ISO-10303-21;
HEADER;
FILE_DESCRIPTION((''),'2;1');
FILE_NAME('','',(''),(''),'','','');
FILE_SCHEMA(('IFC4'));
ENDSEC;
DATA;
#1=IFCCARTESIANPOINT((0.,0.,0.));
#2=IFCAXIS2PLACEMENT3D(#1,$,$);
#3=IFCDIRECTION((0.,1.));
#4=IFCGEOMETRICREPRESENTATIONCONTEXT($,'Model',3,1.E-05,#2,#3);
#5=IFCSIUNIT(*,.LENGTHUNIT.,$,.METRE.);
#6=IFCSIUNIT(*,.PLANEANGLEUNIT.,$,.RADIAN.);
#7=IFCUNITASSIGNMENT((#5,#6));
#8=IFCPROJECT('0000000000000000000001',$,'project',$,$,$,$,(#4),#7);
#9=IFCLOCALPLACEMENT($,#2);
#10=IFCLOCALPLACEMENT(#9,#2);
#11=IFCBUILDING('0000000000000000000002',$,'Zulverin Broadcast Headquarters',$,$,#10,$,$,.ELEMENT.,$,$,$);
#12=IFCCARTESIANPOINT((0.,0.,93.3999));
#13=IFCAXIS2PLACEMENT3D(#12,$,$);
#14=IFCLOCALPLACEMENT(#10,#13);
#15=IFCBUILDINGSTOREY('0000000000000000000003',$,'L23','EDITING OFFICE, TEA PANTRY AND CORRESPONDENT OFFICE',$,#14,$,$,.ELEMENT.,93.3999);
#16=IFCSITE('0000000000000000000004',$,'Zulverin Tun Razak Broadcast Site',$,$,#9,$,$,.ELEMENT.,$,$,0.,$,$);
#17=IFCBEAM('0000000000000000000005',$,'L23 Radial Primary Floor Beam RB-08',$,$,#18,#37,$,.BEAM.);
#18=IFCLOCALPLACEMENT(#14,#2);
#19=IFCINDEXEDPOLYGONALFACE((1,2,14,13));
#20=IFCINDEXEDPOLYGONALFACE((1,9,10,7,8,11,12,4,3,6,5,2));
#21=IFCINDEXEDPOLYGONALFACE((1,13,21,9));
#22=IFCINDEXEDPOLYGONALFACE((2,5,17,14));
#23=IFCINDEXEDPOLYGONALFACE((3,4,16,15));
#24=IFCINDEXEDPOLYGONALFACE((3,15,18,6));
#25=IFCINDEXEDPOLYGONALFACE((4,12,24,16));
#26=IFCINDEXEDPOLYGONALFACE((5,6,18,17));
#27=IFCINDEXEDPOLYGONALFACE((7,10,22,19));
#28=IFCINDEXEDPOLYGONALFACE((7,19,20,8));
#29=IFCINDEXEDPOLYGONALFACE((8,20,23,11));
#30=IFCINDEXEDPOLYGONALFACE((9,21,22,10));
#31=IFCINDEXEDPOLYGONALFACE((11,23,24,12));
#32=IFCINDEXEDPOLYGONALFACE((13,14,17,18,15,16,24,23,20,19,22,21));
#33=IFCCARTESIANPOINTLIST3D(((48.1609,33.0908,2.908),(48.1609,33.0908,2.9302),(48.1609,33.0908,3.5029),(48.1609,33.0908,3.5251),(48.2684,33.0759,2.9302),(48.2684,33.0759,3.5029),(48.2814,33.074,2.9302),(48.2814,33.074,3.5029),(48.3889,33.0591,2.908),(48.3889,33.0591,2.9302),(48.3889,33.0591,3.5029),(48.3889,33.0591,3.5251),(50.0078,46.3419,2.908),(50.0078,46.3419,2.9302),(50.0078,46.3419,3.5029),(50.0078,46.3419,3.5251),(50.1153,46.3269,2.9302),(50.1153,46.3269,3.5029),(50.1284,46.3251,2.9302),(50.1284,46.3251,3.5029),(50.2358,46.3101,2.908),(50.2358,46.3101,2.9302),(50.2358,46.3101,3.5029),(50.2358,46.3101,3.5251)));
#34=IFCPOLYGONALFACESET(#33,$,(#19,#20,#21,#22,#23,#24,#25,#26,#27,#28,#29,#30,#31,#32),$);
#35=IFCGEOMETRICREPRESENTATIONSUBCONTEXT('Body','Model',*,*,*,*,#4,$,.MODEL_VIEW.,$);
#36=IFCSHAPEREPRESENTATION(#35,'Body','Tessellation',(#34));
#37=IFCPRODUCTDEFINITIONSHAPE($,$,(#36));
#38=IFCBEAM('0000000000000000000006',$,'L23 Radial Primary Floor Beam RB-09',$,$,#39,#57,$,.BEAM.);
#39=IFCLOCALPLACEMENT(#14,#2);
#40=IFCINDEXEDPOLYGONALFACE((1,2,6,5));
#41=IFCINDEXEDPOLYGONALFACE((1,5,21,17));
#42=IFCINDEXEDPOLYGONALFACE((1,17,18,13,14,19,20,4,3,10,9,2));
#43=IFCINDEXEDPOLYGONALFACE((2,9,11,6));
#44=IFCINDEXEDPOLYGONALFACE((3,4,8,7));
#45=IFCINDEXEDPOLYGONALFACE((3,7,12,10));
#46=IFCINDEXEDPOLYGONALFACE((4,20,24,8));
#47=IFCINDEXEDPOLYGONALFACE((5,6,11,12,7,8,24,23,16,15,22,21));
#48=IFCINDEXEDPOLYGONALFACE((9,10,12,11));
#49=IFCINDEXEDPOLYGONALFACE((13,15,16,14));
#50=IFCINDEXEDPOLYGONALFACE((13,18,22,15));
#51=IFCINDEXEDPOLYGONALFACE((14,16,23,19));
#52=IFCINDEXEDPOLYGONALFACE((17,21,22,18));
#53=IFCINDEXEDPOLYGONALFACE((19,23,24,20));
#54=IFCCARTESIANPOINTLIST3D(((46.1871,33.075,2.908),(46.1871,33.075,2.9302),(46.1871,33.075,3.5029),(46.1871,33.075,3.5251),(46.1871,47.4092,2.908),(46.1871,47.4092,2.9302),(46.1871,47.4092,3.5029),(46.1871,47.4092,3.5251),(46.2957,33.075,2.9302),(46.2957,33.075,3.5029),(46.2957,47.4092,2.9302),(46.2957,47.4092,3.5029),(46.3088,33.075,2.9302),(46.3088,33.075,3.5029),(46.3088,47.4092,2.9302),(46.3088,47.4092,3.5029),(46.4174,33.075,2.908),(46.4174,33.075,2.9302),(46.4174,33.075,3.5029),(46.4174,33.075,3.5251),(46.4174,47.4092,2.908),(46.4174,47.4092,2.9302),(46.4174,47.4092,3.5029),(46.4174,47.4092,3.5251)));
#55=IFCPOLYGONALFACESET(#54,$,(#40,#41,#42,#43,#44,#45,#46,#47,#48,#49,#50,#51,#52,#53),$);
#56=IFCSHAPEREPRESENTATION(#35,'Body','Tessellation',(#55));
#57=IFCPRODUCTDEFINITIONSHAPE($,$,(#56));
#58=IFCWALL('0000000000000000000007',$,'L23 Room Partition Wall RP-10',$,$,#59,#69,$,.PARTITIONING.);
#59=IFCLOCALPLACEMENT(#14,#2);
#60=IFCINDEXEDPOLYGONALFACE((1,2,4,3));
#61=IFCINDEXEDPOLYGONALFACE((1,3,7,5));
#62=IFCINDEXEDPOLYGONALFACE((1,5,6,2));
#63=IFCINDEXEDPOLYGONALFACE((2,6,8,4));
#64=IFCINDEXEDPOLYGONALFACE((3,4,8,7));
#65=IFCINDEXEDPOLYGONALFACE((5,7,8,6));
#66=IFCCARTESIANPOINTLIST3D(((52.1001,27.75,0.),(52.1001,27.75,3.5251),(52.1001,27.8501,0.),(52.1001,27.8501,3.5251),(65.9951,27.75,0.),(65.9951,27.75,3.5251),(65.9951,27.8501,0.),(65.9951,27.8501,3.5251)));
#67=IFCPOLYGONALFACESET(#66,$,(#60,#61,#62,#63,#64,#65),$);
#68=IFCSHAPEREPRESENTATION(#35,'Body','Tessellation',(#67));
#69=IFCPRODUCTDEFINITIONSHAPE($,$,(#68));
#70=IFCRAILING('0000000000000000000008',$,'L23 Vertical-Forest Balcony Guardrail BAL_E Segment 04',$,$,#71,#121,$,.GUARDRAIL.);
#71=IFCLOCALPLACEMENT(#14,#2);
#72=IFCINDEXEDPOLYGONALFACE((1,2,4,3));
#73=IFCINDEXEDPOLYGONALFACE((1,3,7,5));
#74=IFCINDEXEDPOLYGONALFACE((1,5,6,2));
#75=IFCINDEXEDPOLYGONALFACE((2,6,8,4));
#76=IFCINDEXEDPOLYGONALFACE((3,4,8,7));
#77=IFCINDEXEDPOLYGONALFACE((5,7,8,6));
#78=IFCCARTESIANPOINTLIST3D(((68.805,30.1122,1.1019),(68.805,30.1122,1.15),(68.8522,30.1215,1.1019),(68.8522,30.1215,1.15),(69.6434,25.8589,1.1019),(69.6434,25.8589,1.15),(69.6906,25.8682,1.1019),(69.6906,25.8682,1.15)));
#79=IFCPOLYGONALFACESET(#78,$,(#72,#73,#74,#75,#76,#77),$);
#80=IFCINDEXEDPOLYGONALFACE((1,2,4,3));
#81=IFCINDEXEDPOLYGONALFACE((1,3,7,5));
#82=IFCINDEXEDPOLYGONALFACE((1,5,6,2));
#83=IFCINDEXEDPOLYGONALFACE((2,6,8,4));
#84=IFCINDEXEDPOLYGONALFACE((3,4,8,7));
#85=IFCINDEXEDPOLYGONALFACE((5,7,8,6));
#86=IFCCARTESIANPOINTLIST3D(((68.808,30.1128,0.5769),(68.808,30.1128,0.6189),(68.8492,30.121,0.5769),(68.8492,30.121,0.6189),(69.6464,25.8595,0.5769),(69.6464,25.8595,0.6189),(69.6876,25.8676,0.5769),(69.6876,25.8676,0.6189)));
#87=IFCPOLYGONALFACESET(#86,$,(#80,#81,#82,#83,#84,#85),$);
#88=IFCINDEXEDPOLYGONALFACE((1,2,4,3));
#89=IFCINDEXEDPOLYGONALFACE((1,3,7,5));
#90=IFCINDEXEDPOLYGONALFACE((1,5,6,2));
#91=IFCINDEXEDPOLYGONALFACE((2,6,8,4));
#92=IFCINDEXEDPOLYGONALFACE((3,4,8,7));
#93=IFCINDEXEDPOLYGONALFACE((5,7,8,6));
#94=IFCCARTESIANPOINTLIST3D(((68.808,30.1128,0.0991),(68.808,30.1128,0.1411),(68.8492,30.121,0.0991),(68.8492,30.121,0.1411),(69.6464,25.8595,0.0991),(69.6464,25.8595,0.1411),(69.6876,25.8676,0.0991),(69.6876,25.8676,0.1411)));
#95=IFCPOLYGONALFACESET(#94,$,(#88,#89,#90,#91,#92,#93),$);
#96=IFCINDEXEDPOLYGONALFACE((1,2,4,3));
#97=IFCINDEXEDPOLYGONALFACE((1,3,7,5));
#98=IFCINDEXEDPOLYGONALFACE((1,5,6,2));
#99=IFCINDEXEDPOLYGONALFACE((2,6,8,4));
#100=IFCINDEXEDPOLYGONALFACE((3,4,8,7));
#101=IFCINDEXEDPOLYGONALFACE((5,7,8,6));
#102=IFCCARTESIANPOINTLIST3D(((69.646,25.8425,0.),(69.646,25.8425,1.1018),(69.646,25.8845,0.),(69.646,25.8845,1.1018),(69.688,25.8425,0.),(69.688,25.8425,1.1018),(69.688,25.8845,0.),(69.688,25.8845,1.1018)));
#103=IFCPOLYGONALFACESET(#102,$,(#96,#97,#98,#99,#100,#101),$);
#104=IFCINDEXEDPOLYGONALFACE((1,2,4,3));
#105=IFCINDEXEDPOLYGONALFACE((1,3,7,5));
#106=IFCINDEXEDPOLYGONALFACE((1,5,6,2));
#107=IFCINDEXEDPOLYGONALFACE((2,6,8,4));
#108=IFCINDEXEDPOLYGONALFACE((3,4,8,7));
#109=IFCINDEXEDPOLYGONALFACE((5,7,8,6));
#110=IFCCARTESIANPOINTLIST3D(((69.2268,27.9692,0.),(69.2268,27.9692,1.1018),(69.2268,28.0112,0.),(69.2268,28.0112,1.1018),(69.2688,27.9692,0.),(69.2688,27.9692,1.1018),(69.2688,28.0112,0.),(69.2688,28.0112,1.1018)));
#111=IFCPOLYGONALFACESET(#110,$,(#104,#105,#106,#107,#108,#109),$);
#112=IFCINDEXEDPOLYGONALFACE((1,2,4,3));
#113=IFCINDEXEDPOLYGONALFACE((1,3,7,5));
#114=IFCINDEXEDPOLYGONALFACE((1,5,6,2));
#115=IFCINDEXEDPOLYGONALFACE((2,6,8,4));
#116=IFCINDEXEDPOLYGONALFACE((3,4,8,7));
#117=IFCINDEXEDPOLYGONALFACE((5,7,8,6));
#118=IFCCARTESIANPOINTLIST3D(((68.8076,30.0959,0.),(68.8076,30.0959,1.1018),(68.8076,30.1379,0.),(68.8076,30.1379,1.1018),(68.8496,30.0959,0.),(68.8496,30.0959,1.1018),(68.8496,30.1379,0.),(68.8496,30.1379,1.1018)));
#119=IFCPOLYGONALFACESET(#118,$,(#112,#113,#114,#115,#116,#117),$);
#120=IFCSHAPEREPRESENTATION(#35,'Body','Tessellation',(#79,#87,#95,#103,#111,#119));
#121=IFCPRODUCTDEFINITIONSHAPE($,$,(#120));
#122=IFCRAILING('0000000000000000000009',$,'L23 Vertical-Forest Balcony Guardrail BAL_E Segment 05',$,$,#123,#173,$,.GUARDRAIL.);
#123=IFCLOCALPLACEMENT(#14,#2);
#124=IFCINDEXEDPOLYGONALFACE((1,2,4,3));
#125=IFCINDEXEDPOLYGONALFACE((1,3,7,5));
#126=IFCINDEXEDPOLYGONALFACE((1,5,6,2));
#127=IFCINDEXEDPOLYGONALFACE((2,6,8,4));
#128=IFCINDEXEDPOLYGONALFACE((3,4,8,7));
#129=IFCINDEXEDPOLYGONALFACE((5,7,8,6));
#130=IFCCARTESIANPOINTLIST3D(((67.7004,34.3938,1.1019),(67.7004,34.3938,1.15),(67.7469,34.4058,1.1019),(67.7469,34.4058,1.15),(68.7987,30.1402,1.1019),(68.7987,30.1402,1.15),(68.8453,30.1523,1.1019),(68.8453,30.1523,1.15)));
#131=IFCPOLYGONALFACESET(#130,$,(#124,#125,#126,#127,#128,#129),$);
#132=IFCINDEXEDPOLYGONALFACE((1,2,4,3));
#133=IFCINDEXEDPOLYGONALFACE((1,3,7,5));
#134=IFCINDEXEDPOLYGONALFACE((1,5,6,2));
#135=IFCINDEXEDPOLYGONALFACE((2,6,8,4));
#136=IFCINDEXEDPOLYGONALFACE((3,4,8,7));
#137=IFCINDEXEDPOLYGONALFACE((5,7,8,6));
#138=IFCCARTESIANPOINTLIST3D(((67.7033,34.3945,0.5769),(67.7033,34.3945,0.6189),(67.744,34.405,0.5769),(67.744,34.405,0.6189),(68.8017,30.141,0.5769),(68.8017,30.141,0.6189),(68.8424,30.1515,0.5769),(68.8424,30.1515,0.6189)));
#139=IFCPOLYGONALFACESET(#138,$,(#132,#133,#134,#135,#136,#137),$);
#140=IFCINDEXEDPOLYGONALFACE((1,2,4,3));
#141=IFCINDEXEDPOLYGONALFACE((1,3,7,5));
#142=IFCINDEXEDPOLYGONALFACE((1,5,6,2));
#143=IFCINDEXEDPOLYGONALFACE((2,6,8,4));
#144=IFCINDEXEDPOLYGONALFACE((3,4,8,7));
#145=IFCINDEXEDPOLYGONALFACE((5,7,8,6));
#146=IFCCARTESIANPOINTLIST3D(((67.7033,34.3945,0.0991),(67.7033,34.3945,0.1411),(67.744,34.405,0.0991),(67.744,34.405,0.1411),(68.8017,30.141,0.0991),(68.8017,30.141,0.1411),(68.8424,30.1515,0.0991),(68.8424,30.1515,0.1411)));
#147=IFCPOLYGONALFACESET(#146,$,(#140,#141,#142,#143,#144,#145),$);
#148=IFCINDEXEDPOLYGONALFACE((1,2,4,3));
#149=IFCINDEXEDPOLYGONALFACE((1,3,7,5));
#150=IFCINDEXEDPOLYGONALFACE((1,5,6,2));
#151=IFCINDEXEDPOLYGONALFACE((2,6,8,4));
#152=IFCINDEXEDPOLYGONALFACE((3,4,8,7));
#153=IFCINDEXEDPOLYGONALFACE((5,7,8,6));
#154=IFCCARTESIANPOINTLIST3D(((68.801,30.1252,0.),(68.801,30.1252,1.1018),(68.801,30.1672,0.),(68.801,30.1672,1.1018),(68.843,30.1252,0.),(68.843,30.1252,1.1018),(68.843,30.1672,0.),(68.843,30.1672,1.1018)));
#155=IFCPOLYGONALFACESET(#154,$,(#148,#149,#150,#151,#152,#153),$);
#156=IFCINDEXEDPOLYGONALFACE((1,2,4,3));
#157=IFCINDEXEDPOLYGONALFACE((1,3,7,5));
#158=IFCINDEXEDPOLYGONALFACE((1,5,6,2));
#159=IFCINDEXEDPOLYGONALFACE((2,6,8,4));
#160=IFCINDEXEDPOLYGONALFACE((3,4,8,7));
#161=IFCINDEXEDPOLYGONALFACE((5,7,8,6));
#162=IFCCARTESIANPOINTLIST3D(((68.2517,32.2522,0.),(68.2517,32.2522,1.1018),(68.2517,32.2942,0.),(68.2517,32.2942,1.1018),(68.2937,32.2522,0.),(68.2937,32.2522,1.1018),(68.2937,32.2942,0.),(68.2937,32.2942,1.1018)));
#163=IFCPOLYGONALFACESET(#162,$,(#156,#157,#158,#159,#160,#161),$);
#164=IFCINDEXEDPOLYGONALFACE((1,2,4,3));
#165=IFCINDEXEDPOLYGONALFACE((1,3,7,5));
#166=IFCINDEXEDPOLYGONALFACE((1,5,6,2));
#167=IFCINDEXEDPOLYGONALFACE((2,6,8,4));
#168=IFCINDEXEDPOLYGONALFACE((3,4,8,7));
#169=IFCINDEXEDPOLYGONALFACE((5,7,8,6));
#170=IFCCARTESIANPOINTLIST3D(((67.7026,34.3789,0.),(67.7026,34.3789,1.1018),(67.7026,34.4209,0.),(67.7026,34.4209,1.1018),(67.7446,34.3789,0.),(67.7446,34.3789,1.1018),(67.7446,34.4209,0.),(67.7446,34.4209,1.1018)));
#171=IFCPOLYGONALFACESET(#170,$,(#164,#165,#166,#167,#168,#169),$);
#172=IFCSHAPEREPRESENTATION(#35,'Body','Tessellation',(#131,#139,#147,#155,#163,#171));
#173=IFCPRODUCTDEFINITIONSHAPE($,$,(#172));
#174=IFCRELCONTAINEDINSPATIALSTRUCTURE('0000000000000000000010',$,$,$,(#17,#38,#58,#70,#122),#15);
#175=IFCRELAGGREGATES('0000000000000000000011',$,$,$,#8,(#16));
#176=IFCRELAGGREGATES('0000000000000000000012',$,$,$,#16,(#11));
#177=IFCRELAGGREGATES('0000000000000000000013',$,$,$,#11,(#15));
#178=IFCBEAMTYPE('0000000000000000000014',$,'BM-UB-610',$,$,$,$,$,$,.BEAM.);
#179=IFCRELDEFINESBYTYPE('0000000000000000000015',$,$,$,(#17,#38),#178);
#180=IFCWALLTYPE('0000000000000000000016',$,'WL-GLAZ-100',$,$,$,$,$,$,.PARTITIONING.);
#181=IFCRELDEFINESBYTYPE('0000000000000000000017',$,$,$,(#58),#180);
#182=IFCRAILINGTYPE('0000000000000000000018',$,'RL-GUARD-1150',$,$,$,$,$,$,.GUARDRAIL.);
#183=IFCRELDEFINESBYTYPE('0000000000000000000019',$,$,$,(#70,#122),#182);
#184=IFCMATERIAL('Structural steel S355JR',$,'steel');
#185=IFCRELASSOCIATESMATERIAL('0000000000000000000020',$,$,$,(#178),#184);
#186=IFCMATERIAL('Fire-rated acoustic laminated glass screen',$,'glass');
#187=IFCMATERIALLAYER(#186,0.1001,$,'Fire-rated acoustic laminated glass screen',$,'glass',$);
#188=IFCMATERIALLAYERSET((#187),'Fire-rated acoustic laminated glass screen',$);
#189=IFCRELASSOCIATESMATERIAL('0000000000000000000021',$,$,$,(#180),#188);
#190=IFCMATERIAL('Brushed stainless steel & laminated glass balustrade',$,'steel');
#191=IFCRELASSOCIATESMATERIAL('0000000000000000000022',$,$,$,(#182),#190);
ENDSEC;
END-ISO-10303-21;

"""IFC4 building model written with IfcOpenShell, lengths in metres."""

from ifc_helpers import new_model, si_unit, direction, frame, frame_2d, origin, origin_2d, place, context, subcontext, project, spatial, rectangle, i_section, extrude, material, layer, layer_set, material_profile, profile_set, type_object, element, save


model = new_model("IFC4")

# Units and contexts
model_context = context("Model", 3, precision=1e-05, world=origin(), true_north=direction((0.0, 1.0)))
body_context = subcontext(model_context, "Body", "Model", "MODEL_VIEW")
ifc_project = project(units=[si_unit("LENGTHUNIT", "METRE"), si_unit("PLANEANGLEUNIT", "RADIAN")], contexts=[model_context])

# Site, building, storey
site_placement = place(None, origin())
site = spatial("IfcSite", under=ifc_project, at=site_placement, Name="Zulverin Tun Razak Broadcast Site", CompositionType="ELEMENT", RefElevation=0.0)
building_placement = place(site_placement, origin())
building = spatial("IfcBuilding", under=site, at=building_placement, Name="Zulverin Broadcast Headquarters", CompositionType="ELEMENT")
storey_placement = place(building_placement, frame((0.0, 0.0, 93.3999)))
storey = spatial("IfcBuildingStorey", under=building, at=storey_placement, Name="L23", Description="EDITING OFFICE, TEA PANTRY AND CORRESPONDENT OFFICE", CompositionType="ELEMENT", Elevation=93.3999)

# Beams
ifc_material_1 = material(Name="Structural steel S355JR", Category="steel")
ifc_material_profile_1 = material_profile(ifc_material_1, i_section(OverallWidth=0.2302, OverallDepth=0.6172, WebThickness=0.0132, FlangeThickness=0.0222, at=origin_2d()), Name="Structural steel S355JR", Category="steel")
ifc_profile_set_1 = profile_set([ifc_material_profile_1], Name="Structural steel S355JR")
beam_type_1 = type_object("IfcBeamType", Name="BM-UB-610", PredefinedType="BEAM", material=ifc_profile_set_1)
beam_1_placement = place(storey_placement, frame((48.2749, 33.075, 3.2166), z_axis=(0.138046, 0.990426, 0.0), x_axis=(-0.990426, 0.138046, 0.0)))
element("IfcBeam", 1, at=beam_1_placement, inside=storey, type_object=beam_type_1, Name="L23 Radial Primary Floor Beam RB-08", PredefinedType="BEAM", context=body_context, shape_type="SweptSolid", body=[
    extrude(i_section(OverallWidth=0.2302, OverallDepth=0.6172, WebThickness=0.0132, FlangeThickness=0.0222, at=origin_2d()), origin(), (0.0, 0.0, 1.0), 13.3792),
])
beam_2_placement = place(storey_placement, frame((46.3022, 33.075, 3.2166), z_axis=(0.0, 1.0, 0.0), x_axis=(-1.0, 0.0, 0.0)))
element("IfcBeam", 2, at=beam_2_placement, inside=storey, type_object=beam_type_1, Name="L23 Radial Primary Floor Beam RB-09", PredefinedType="BEAM", context=body_context, shape_type="SweptSolid", body=[
    extrude(i_section(OverallWidth=0.2302, OverallDepth=0.6172, WebThickness=0.0132, FlangeThickness=0.0222, at=origin_2d()), origin(), (0.0, 0.0, 1.0), 14.3342),
])

# Wall
ifc_material_2 = material(Name="Fire-rated acoustic laminated glass screen", Category="glass")
ifc_layer_1 = layer(ifc_material_2, 0.1001, Name="Fire-rated acoustic laminated glass screen", Category="glass")
ifc_layer_set_1 = layer_set([ifc_layer_1], Name="Fire-rated acoustic laminated glass screen")
wall_type = type_object("IfcWallType", Name="WL-GLAZ-100", PredefinedType="PARTITIONING", material=ifc_layer_set_1)
wall_placement = place(storey_placement, frame((52.1001, 27.8, 0.0), z_axis=(0.0, 0.0, 1.0), x_axis=(1.0, 0.0, 0.0)))
element("IfcWall", 3, at=wall_placement, inside=storey, type_object=wall_type, Name="L23 Room Partition Wall RP-10", PredefinedType="PARTITIONING", context=body_context, shape_type="SweptSolid", body=[
    extrude(rectangle(XDim=13.895, YDim=0.1001, at=frame_2d((6.9475, 0.0))), origin(), (0.0, 0.0, 1.0), 3.5251),
])

# Railings
ifc_material_3 = material(Name="Brushed stainless steel & laminated glass balustrade", Category="steel")
railing_type = type_object("IfcRailingType", Name="RL-GUARD-1150", PredefinedType="GUARDRAIL", material=ifc_material_3)
railing_1_placement = place(storey_placement, frame((69.667, 25.8635, 0.0)))
element("IfcRailing", 4, at=railing_1_placement, inside=storey, type_object=railing_type, Name="L23 Vertical-Forest Balcony Guardrail BAL_E Segment 04", PredefinedType="GUARDRAIL", context=body_context, shape_type="SweptSolid", body=[
    extrude(rectangle(XDim=0.0481, YDim=0.0481, at=origin_2d()), frame((0.0, 0.0, 1.126), z_axis=(-0.193386, 0.981123, 0.0), x_axis=(-0.981123, -0.193386, 0.0)), (0.0, 0.0, 1.0), 4.3352),
    extrude(rectangle(XDim=0.042, YDim=0.042, at=origin_2d()), frame((0.0, 0.0, 0.5979), z_axis=(-0.193386, 0.981123, 0.0), x_axis=(-0.981123, -0.193386, 0.0)), (0.0, 0.0, 1.0), 4.3352),
    extrude(rectangle(XDim=0.042, YDim=0.042, at=origin_2d()), frame((0.0, 0.0, 0.1201), z_axis=(-0.193386, 0.981123, 0.0), x_axis=(-0.981123, -0.193386, 0.0)), (0.0, 0.0, 1.0), 4.3352),
    extrude(rectangle(XDim=0.042, YDim=0.042, at=origin_2d()), origin(), (0.0, 0.0, 1.0), 1.1018),
    extrude(rectangle(XDim=0.042, YDim=0.042, at=origin_2d()), frame((-0.4192, 2.1267, 0.0)), (0.0, 0.0, 1.0), 1.1018),
    extrude(rectangle(XDim=0.042, YDim=0.042, at=origin_2d()), frame((-0.8384, 4.2534, 0.0)), (0.0, 0.0, 1.0), 1.1018),
])
railing_2_placement = place(storey_placement, frame((68.822, 30.1462, 0.0)))
element("IfcRailing", 5, at=railing_2_placement, inside=storey, type_object=railing_type, Name="L23 Vertical-Forest Balcony Guardrail BAL_E Segment 05", PredefinedType="GUARDRAIL", context=body_context, shape_type="SweptSolid", body=[
    extrude(rectangle(XDim=0.0481, YDim=0.0481, at=origin_2d()), frame((0.0, 0.0, 1.126), z_axis=(-0.250021, 0.96824, 0.0), x_axis=(-0.96824, -0.250021, 0.0)), (0.0, 0.0, 1.0), 4.3931),
    extrude(rectangle(XDim=0.042, YDim=0.042, at=origin_2d()), frame((0.0, 0.0, 0.5979), z_axis=(-0.250021, 0.96824, 0.0), x_axis=(-0.96824, -0.250021, 0.0)), (0.0, 0.0, 1.0), 4.3931),
    extrude(rectangle(XDim=0.042, YDim=0.042, at=origin_2d()), frame((0.0, 0.0, 0.1201), z_axis=(-0.250021, 0.96824, 0.0), x_axis=(-0.96824, -0.250021, 0.0)), (0.0, 0.0, 1.0), 4.3931),
    extrude(rectangle(XDim=0.042, YDim=0.042, at=origin_2d()), origin(), (0.0, 0.0, 1.0), 1.1018),
    extrude(rectangle(XDim=0.042, YDim=0.042, at=origin_2d()), frame((-0.5493, 2.127, 0.0)), (0.0, 0.0, 1.0), 1.1018),
    extrude(rectangle(XDim=0.042, YDim=0.042, at=origin_2d()), frame((-1.0984, 4.2537, 0.0)), (0.0, 0.0, 1.0), 1.1018),
])

save(model, "model.ifc")
